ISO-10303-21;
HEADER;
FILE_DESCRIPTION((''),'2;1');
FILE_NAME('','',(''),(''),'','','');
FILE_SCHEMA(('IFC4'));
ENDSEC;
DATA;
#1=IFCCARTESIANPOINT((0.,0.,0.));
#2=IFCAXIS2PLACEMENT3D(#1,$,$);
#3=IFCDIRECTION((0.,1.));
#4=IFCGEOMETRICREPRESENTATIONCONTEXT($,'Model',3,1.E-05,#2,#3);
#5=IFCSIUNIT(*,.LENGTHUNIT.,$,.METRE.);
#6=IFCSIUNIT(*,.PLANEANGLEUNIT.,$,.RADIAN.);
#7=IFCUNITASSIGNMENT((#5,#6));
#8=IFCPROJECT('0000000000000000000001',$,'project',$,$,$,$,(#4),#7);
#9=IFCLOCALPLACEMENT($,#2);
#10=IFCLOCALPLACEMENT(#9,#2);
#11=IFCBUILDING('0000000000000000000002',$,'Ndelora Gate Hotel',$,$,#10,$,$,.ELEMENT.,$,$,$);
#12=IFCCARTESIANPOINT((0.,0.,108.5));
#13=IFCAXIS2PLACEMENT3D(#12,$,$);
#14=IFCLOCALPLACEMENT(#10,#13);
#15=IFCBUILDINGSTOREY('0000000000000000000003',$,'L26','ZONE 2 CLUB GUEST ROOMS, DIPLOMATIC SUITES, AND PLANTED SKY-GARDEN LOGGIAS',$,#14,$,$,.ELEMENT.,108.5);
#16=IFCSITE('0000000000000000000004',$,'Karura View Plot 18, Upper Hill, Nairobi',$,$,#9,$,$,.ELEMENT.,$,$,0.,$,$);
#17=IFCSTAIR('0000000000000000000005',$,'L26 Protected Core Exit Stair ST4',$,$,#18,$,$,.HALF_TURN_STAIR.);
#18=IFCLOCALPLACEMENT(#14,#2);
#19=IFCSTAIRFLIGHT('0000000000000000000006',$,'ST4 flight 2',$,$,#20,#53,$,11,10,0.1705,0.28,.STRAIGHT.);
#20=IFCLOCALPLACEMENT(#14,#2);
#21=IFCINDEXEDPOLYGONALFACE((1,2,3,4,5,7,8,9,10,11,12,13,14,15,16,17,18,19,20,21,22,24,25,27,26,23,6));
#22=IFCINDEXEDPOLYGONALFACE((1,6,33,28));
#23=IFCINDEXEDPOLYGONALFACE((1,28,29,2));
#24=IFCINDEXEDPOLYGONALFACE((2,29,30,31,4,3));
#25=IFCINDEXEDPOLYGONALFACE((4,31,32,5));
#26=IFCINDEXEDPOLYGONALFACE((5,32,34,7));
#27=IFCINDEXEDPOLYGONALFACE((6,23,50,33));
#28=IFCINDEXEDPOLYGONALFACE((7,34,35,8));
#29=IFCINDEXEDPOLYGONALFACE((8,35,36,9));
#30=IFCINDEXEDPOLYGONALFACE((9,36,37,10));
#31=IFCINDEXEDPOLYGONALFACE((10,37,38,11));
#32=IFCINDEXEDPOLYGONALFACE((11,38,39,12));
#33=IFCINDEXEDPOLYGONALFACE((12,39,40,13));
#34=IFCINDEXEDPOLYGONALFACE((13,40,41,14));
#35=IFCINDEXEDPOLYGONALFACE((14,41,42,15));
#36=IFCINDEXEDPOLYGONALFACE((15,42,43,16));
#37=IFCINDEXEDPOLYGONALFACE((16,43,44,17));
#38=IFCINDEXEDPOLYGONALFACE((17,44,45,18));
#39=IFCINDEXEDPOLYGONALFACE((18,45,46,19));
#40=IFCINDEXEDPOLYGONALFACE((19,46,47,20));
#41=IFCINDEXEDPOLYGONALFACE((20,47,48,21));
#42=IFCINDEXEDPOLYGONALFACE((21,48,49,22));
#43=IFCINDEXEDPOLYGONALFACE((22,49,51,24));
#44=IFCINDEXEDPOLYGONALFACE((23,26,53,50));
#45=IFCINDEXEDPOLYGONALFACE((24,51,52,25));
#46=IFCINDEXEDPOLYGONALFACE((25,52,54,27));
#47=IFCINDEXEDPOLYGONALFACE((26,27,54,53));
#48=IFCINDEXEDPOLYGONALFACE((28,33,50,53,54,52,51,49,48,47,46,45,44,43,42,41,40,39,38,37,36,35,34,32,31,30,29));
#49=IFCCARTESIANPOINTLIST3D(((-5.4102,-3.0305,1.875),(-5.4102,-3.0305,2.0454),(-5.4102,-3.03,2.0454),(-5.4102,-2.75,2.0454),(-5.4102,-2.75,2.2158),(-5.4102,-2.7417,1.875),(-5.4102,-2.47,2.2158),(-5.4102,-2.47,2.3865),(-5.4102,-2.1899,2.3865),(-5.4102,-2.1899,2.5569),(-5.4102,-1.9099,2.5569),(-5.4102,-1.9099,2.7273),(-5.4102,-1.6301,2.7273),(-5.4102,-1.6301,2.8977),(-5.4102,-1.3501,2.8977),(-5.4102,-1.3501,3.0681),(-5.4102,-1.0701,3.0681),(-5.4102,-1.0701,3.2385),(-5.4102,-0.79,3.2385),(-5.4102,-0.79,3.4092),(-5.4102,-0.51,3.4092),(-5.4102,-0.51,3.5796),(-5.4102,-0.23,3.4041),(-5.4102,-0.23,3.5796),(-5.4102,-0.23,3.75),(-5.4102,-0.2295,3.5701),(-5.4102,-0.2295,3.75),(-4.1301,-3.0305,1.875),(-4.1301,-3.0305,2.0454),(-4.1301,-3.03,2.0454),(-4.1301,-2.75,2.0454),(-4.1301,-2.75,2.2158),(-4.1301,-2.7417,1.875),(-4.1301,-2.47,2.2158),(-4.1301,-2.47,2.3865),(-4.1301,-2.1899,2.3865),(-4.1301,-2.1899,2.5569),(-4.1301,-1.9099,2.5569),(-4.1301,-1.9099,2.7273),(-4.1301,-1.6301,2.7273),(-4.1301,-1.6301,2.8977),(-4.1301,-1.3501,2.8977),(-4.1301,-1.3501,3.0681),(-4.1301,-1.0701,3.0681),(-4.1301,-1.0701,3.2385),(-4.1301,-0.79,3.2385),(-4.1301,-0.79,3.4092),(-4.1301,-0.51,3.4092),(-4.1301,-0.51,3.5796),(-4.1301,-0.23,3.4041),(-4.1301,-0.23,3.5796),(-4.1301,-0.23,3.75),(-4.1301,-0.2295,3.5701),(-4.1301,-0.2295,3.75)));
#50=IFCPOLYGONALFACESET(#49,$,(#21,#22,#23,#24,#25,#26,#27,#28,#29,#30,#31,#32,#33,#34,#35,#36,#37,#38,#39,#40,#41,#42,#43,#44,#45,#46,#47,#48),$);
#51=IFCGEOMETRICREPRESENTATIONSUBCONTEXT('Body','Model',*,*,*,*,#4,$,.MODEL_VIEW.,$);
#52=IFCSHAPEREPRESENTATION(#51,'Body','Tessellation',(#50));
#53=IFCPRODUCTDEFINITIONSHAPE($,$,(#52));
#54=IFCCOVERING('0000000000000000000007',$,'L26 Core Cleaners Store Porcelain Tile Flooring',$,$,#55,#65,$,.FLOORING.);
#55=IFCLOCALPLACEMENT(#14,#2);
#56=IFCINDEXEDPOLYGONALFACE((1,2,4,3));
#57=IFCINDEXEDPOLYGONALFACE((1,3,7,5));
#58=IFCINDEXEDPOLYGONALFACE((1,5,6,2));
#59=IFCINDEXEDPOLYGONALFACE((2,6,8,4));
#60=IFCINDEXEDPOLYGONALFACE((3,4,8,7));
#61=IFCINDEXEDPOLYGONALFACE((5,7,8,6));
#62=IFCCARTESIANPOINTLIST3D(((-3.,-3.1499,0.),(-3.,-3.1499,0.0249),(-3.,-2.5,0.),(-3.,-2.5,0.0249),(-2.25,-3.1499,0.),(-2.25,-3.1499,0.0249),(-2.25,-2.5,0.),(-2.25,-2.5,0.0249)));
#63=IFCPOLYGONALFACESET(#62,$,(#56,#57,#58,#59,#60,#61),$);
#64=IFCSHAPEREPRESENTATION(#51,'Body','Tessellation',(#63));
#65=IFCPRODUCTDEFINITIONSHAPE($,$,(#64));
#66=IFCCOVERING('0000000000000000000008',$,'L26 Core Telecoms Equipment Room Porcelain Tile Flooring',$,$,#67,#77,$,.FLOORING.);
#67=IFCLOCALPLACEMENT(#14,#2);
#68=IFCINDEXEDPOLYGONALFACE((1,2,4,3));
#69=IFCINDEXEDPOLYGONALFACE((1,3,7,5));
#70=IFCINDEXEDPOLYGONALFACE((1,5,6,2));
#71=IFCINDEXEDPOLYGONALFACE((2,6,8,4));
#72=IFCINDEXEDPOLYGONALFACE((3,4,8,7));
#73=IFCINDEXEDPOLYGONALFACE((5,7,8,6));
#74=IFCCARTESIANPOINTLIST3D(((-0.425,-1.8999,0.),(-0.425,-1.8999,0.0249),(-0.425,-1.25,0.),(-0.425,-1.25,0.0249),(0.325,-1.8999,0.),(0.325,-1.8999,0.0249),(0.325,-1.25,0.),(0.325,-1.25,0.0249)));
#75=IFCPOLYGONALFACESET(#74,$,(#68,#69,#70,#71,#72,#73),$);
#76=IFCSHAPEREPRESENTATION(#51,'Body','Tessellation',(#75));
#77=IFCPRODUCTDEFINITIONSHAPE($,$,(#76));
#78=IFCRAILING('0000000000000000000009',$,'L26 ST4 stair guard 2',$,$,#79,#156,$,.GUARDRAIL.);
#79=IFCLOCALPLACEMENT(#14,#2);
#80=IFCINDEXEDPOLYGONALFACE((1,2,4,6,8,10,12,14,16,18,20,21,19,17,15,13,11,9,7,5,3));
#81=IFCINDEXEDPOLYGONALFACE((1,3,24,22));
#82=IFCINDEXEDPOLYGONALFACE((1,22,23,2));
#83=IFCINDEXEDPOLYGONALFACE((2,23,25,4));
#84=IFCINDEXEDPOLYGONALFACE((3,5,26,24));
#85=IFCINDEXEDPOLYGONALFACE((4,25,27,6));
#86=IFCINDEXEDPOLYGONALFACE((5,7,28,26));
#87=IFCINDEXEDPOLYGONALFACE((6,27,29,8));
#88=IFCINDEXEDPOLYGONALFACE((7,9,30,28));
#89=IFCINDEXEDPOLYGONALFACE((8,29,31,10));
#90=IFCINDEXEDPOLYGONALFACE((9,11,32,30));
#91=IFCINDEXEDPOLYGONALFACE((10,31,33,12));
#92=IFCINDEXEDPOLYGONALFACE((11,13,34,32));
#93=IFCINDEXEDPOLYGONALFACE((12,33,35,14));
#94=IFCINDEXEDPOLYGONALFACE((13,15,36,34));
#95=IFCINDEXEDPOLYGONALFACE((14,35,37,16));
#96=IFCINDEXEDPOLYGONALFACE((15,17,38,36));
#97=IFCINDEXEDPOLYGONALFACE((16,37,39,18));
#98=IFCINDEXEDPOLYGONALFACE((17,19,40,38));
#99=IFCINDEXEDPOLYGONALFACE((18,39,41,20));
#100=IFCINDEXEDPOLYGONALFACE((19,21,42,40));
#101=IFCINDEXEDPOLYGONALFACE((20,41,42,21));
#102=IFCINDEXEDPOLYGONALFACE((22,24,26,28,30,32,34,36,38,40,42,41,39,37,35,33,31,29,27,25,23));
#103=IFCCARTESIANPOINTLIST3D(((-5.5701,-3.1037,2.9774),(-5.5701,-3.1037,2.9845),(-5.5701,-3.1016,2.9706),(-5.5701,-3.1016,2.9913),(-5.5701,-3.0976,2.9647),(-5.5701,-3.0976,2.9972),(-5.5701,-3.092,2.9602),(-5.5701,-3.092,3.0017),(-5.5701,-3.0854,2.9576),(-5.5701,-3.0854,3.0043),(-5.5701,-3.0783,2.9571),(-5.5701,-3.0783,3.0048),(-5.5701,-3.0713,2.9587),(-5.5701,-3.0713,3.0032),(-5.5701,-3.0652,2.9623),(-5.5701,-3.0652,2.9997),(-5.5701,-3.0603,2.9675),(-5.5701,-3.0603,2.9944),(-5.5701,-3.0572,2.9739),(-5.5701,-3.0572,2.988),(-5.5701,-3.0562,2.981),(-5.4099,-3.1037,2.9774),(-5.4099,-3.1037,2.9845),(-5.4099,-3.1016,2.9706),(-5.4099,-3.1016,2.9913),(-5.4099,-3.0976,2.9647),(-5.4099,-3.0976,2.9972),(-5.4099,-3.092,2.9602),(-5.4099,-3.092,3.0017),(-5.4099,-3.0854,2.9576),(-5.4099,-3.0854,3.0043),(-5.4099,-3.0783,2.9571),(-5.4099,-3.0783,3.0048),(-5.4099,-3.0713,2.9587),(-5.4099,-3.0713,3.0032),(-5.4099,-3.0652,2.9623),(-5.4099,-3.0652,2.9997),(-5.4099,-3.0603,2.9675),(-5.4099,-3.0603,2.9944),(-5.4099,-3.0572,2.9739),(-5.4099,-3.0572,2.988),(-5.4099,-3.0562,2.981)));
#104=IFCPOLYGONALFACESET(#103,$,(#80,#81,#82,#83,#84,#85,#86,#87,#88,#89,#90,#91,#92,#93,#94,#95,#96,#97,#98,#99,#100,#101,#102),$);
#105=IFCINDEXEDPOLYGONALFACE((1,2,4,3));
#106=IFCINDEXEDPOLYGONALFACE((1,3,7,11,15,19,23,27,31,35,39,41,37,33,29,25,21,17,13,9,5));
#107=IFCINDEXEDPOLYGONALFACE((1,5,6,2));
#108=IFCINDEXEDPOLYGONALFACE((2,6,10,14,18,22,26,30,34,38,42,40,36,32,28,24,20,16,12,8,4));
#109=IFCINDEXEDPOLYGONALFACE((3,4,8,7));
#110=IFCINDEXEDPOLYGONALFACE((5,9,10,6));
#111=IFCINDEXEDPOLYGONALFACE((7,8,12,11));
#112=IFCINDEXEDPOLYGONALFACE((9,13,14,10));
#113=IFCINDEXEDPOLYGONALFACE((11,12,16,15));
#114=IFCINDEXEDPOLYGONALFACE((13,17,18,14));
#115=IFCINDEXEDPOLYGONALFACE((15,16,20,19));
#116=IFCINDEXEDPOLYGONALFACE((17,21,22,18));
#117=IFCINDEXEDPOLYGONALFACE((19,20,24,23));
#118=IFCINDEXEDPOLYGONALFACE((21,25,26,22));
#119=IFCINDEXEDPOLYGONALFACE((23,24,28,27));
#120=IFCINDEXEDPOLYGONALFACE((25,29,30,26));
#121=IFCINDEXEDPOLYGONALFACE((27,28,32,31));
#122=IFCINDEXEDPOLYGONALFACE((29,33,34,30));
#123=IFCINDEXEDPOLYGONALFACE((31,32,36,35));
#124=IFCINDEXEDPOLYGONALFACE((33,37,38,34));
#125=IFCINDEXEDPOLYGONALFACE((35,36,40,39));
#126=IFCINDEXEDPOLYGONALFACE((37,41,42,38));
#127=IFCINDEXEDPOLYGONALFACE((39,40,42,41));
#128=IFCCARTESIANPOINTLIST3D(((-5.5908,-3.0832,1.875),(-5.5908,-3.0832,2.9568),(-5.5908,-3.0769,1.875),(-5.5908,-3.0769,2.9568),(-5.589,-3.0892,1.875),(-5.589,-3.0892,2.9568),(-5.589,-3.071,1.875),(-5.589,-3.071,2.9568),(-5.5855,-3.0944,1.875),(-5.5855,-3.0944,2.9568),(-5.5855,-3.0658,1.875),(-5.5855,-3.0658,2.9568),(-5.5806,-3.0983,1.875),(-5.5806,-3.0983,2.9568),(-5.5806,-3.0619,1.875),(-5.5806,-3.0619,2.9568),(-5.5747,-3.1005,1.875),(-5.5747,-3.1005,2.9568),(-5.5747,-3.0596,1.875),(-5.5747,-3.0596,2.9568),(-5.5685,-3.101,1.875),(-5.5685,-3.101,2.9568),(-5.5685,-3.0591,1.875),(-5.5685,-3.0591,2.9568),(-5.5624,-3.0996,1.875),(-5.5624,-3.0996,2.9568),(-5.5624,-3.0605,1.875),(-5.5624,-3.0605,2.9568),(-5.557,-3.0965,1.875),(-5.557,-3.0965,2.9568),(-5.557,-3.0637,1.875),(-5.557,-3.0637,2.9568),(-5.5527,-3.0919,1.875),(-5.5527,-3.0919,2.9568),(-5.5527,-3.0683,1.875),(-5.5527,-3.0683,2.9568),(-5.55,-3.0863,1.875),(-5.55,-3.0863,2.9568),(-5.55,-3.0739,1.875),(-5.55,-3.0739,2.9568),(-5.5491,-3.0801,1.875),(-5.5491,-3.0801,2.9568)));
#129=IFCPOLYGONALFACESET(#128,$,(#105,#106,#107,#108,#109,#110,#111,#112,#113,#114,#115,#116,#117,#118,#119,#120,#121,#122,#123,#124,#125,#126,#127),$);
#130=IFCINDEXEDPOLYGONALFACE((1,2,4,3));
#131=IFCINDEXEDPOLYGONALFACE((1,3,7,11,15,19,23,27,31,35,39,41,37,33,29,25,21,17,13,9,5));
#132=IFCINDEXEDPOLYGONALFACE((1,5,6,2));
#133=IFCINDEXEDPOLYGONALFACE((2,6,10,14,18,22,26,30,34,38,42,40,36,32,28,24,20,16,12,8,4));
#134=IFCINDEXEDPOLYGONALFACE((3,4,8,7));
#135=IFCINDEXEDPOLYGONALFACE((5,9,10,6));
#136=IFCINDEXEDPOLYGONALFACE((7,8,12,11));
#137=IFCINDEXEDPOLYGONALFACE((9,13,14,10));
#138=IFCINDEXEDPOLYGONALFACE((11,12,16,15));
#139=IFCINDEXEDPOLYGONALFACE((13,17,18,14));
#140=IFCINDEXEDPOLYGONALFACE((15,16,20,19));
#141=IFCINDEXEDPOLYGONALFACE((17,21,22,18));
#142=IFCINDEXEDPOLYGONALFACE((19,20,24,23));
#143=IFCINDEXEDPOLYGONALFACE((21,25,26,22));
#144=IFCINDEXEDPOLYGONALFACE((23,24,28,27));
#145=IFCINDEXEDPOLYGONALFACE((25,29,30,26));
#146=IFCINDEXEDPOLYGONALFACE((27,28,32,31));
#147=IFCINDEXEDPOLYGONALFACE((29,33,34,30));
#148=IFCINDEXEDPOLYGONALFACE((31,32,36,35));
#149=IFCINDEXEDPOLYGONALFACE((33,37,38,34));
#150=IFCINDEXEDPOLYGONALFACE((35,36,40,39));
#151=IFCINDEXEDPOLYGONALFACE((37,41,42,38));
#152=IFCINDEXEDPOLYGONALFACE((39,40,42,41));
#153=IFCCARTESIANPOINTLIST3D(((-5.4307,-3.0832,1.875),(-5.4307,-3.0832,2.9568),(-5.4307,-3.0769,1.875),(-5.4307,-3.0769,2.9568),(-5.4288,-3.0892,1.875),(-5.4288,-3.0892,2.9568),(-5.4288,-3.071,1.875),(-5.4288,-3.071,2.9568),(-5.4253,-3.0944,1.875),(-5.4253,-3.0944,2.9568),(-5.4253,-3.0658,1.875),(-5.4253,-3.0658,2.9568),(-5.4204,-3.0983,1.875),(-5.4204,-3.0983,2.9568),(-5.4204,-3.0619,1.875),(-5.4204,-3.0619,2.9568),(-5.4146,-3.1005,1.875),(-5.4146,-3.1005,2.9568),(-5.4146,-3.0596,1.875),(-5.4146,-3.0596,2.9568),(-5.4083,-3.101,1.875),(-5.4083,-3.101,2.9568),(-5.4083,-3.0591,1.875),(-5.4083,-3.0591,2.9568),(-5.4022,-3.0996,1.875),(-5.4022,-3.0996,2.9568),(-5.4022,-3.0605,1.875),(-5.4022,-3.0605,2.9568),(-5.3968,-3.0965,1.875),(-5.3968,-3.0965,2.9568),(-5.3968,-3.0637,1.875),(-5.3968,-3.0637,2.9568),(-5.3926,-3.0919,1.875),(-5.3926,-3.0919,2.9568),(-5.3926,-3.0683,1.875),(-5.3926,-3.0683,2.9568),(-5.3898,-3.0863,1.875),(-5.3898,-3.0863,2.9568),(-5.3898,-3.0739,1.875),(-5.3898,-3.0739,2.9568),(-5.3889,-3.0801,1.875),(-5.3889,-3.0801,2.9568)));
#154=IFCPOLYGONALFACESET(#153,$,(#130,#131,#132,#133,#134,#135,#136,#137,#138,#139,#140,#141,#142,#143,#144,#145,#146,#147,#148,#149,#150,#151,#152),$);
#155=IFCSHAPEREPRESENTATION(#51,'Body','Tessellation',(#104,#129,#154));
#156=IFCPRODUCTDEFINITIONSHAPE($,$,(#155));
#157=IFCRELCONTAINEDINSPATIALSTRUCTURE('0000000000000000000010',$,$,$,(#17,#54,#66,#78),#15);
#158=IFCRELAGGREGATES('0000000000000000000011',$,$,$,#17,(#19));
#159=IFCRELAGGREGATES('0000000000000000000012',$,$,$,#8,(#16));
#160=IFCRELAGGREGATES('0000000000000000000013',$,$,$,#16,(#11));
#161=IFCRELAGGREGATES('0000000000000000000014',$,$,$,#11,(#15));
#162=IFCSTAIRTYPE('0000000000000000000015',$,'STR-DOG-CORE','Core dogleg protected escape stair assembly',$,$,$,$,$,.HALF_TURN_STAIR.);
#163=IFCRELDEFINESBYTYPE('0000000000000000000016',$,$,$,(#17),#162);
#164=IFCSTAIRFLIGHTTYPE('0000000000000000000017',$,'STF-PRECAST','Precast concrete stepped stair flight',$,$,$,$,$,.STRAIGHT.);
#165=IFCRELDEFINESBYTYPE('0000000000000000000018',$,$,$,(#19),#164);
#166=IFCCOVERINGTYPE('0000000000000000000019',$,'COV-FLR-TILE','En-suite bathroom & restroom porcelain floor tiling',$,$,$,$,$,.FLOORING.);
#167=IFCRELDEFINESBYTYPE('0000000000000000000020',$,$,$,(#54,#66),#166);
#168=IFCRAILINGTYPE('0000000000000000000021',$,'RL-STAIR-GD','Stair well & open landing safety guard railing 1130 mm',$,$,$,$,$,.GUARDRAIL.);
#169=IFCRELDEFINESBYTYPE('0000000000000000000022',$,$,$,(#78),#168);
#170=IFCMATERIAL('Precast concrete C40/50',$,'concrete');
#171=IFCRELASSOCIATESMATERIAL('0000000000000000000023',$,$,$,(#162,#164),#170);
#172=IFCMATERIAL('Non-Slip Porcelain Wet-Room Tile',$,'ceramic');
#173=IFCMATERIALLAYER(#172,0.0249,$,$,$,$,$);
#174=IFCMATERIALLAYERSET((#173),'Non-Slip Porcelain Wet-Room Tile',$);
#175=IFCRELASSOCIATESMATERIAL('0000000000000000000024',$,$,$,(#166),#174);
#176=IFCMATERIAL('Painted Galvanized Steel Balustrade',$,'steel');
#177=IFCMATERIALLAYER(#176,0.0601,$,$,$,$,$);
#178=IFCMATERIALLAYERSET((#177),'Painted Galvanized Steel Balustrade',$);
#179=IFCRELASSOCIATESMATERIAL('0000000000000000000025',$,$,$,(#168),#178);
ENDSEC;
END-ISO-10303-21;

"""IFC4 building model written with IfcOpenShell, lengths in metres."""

from ifc_helpers import new_model, si_unit, direction, frame, origin, origin_2d, place, context, subcontext, project, spatial, polyline, rectangle, circle, outline, extrude, material, layer, layer_set, type_object, element, aggregate, save


model = new_model("IFC4")

# Units and contexts
model_context = context("Model", 3, precision=1e-05, world=origin(), true_north=direction((0.0, 1.0)))
body_context = subcontext(model_context, "Body", "Model", "MODEL_VIEW")
ifc_project = project(units=[si_unit("LENGTHUNIT", "METRE"), si_unit("PLANEANGLEUNIT", "RADIAN")], contexts=[model_context])

# Site, building, storey
site_placement = place(None, origin())
site = spatial("IfcSite", under=ifc_project, at=site_placement, Name="Karura View Plot 18, Upper Hill, Nairobi", CompositionType="ELEMENT", RefElevation=0.0)
building_placement = place(site_placement, origin())
building = spatial("IfcBuilding", under=site, at=building_placement, Name="Ndelora Gate Hotel", CompositionType="ELEMENT")
storey_placement = place(building_placement, frame((0.0, 0.0, 108.5)))
storey = spatial("IfcBuildingStorey", under=building, at=storey_placement, Name="L26", Description="ZONE 2 CLUB GUEST ROOMS, DIPLOMATIC SUITES, AND PLANTED SKY-GARDEN LOGGIAS", CompositionType="ELEMENT", Elevation=108.5)

# Stair, stair flight
ifc_material_1 = material(Name="Precast concrete C40/50", Category="concrete")
stair_type = type_object("IfcStairType", Name="STR-DOG-CORE", Description="Core dogleg protected escape stair assembly", PredefinedType="HALF_TURN_STAIR", material=ifc_material_1)
stair_placement = place(storey_placement, origin())
stair = element("IfcStair", 1, at=stair_placement, inside=storey, type_object=stair_type, Name="L26 Protected Core Exit Stair ST4", PredefinedType="HALF_TURN_STAIR")
stair_flight_type = type_object("IfcStairFlightType", Name="STF-PRECAST", Description="Precast concrete stepped stair flight", PredefinedType="STRAIGHT", material=ifc_material_1)
stair_flight_placement = place(storey_placement, frame((-4.77, -3.03, 1.875), z_axis=(0.0, 0.0, 1.0), x_axis=(0.0, 1.0, 0.0)))
stair_flight = element("IfcStairFlight", 2, at=stair_flight_placement, type_object=stair_flight_type, Name="ST4 flight 2", NumberOfRisers=11, NumberOfTreads=10, PredefinedType="STRAIGHT", RiserHeight=0.1705, TreadLength=0.28, context=body_context, shape_type="SweptSolid", body=[
    extrude(outline(polyline([(-0.0005, 0.0), (-0.0005, 0.1704), (0.0, 0.1704), (0.28, 0.1704), (0.28, 0.3408), (0.5601, 0.3408), (0.5601, 0.5115), (0.8401, 0.5115), (0.8401, 0.6819), (1.1201, 0.6819), (1.1201, 0.8523), (1.3999, 0.8523), (1.3999, 1.0227), (1.6799, 1.0227), (1.6799, 1.1931), (1.96, 1.1931), (1.96, 1.3635), (2.24, 1.3635), (2.24, 1.5342), (2.52, 1.5342), (2.52, 1.7046), (2.8, 1.7046), (2.8, 1.875), (2.8005, 1.875), (2.8005, 1.6951), (2.8, 1.5291), (0.2883, 0.0), (-0.0005, 0.0)])), frame((0.0, 0.6401, 0.0), z_axis=(0.0, -1.0, 0.0), x_axis=(1.0, 0.0, 0.0)), (0.0, 0.0, 1.0), 1.28),
])
aggregate(stair, [stair_flight])

# Coverings
ifc_material_2 = material(Name="Non-Slip Porcelain Wet-Room Tile", Category="ceramic")
ifc_layer_1 = layer(ifc_material_2, 0.0249)
ifc_layer_set_1 = layer_set([ifc_layer_1], Name="Non-Slip Porcelain Wet-Room Tile")
covering_type = type_object("IfcCoveringType", Name="COV-FLR-TILE", Description="En-suite bathroom & restroom porcelain floor tiling", PredefinedType="FLOORING", material=ifc_layer_set_1)
for number, where, z_axis, x_axis, name in (
    (3, (-2.625, -2.825, 0.0), (0.0, 0.0, 1.0), (1.0, 0.0, 0.0), "L26 Core Cleaners Store Porcelain Tile Flooring"),
    (4, (-0.05, -1.575, 0.0), (0.0, 0.0, 1.0), (1.0, 0.0, 0.0), "L26 Core Telecoms Equipment Room Porcelain Tile Flooring"),
):
    element("IfcCovering", number, at=place(storey_placement, frame(where, z_axis=z_axis, x_axis=x_axis)), inside=storey, type_object=covering_type, Name=name, PredefinedType="FLOORING", context=body_context, shape_type="SweptSolid", body=[
        extrude(rectangle(XDim=0.75, YDim=0.6499, at=origin_2d()), origin(), (0.0, 0.0, 1.0), 0.0249),
    ])

# Railing
ifc_material_3 = material(Name="Painted Galvanized Steel Balustrade", Category="steel")
ifc_layer_2 = layer(ifc_material_3, 0.0601)
ifc_layer_set_2 = layer_set([ifc_layer_2], Name="Painted Galvanized Steel Balustrade")
railing_type_1 = type_object("IfcRailingType", Name="RL-STAIR-GD", Description="Stair well & open landing safety guard railing 1130 mm", PredefinedType="GUARDRAIL", material=ifc_layer_set_2)
railing_1_placement = place(storey_placement, frame((-5.5701, -3.0801, 1.875)))
element("IfcRailing", 5, at=railing_1_placement, inside=storey, type_object=railing_type_1, Name="L26 ST4 stair guard 2", PredefinedType="GUARDRAIL", context=body_context, shape_type="SweptSolid", body=[
    extrude(circle(Radius=0.0239, at=origin_2d()), frame((0.0, 0.0, 1.106), z_axis=(1.0, 0.0, 0.0), x_axis=(0.0, 1.0, 0.0)), (0.0, 0.0, 1.0), 0.1602),
    extrude(circle(Radius=0.021, at=origin_2d()), origin(), (0.0, 0.0, 1.0), 1.0818),
    extrude(circle(Radius=0.021, at=origin_2d()), frame((0.1602, 0.0, 0.0)), (0.0, 0.0, 1.0), 1.0818),
])

save(model, "model.ifc")
